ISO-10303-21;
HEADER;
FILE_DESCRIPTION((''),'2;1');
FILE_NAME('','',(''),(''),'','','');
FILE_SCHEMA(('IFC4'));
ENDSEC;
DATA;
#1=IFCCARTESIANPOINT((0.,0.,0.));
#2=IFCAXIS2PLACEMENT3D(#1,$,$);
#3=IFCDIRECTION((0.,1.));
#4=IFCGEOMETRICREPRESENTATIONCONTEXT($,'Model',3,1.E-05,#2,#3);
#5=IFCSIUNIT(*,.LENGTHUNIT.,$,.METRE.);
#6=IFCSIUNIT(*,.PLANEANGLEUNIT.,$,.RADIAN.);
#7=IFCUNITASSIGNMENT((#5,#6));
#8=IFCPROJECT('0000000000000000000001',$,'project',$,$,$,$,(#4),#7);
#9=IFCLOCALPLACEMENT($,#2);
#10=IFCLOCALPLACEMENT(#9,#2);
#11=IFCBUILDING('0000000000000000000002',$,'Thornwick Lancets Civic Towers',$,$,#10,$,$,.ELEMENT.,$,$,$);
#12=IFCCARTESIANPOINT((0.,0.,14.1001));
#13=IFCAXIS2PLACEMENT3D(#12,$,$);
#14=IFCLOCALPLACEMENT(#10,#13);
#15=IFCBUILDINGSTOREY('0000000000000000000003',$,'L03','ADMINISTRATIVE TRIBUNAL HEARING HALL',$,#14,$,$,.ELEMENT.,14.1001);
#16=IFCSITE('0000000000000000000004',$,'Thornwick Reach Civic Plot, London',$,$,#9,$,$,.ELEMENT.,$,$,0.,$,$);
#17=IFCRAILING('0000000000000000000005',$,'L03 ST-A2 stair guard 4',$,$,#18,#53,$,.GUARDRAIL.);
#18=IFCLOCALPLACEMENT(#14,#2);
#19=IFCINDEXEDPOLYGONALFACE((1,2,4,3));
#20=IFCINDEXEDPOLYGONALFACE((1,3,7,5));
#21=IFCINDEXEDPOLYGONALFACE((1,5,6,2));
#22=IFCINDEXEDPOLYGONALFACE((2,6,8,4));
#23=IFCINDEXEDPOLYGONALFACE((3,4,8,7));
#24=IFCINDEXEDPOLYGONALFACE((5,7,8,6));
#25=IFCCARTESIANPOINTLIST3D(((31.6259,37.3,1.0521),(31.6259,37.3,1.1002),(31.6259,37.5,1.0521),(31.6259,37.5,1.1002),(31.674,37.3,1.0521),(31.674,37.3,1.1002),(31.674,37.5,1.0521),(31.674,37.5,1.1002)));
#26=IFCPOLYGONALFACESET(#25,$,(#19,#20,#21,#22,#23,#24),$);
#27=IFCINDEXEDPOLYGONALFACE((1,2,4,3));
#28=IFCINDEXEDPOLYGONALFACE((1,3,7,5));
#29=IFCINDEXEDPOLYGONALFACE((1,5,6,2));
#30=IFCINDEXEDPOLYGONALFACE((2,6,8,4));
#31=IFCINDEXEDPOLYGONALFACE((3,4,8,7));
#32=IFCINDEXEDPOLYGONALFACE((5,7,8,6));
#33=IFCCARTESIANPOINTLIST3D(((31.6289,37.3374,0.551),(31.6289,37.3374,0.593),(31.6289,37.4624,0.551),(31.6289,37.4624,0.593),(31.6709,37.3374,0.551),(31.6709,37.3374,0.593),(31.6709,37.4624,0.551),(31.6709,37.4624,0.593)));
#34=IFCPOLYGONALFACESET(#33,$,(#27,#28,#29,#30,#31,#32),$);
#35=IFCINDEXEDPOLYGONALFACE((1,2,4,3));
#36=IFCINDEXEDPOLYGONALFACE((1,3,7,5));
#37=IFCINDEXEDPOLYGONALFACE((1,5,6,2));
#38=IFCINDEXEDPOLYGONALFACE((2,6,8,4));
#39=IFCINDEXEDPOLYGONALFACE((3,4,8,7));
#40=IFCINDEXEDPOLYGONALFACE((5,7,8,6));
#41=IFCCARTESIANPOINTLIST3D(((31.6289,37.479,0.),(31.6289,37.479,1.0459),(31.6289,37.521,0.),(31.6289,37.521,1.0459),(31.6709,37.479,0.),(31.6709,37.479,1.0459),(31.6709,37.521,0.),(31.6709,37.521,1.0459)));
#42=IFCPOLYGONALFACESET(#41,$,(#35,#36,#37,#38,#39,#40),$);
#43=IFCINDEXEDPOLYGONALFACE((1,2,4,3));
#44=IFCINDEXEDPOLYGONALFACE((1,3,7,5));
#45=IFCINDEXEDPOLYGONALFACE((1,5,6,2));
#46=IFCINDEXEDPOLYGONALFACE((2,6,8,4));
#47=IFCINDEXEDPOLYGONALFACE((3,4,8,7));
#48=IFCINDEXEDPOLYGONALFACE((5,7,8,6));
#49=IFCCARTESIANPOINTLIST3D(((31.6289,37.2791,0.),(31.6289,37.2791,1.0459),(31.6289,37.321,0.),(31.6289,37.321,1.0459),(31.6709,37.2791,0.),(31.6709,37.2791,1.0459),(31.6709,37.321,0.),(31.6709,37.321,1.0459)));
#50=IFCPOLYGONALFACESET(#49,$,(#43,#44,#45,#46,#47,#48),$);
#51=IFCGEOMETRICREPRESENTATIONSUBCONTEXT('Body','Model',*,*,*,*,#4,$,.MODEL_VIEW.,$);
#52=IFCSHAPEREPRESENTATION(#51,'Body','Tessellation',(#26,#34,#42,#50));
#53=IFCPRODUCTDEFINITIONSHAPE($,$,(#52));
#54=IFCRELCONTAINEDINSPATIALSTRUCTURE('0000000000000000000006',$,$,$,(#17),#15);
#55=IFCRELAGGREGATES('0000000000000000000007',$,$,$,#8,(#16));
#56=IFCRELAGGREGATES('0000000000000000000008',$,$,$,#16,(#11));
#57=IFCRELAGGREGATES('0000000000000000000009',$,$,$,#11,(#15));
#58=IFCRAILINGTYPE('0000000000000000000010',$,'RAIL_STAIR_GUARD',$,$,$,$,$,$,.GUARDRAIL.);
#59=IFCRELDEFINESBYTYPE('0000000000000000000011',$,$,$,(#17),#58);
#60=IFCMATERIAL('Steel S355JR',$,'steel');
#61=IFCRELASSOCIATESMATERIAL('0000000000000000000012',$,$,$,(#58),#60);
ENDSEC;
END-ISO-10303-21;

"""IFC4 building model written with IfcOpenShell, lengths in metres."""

from ifc_helpers import new_model, si_unit, direction, frame, origin, origin_2d, place, context, subcontext, project, spatial, rectangle, extrude, material, type_object, element, save


model = new_model("IFC4")

# Units and contexts
model_context = context("Model", 3, precision=1e-05, world=origin(), true_north=direction((0.0, 1.0)))
body_context = subcontext(model_context, "Body", "Model", "MODEL_VIEW")
ifc_project = project(units=[si_unit("LENGTHUNIT", "METRE"), si_unit("PLANEANGLEUNIT", "RADIAN")], contexts=[model_context])

# Site, building, storey
site_placement = place(None, origin())
site = spatial("IfcSite", under=ifc_project, at=site_placement, Name="Thornwick Reach Civic Plot, London", CompositionType="ELEMENT", RefElevation=0.0)
building_placement = place(site_placement, origin())
building = spatial("IfcBuilding", under=site, at=building_placement, Name="Thornwick Lancets Civic Towers", CompositionType="ELEMENT")
storey_placement = place(building_placement, frame((0.0, 0.0, 14.1001)))
storey = spatial("IfcBuildingStorey", under=building, at=storey_placement, Name="L03", Description="ADMINISTRATIVE TRIBUNAL HEARING HALL", CompositionType="ELEMENT", Elevation=14.1001)

# Railing
ifc_material_1 = material(Name="Steel S355JR", Category="steel")
railing_type_1 = type_object("IfcRailingType", Name="RAIL_STAIR_GUARD", PredefinedType="GUARDRAIL", material=ifc_material_1)
railing_1_placement = place(storey_placement, frame((31.6499, 37.5, 0.0)))
element("IfcRailing", 1, at=railing_1_placement, inside=storey, type_object=railing_type_1, Name="L03 ST-A2 stair guard 4", PredefinedType="GUARDRAIL", context=body_context, shape_type="SweptSolid", body=[
    extrude(rectangle(XDim=0.0481, YDim=0.0481, at=origin_2d()), frame((0.0, 0.0, 1.0762), z_axis=(0.0, -1.0, 0.0), x_axis=(1.0, 0.0, 0.0)), (0.0, 0.0, 1.0), 0.2),
    extrude(rectangle(XDim=0.042, YDim=0.042, at=origin_2d()), frame((0.0, -0.0376, 0.572), z_axis=(0.0, -1.0, 0.0), x_axis=(1.0, 0.0, 0.0)), (0.0, 0.0, 1.0), 0.125),
    extrude(rectangle(XDim=0.042, YDim=0.042, at=origin_2d()), origin(), (0.0, 0.0, 1.0), 1.0459),
    extrude(rectangle(XDim=0.042, YDim=0.042, at=origin_2d()), frame((0.0, -0.2, 0.0)), (0.0, 0.0, 1.0), 1.0459),
])

save(model, "model.ifc")
